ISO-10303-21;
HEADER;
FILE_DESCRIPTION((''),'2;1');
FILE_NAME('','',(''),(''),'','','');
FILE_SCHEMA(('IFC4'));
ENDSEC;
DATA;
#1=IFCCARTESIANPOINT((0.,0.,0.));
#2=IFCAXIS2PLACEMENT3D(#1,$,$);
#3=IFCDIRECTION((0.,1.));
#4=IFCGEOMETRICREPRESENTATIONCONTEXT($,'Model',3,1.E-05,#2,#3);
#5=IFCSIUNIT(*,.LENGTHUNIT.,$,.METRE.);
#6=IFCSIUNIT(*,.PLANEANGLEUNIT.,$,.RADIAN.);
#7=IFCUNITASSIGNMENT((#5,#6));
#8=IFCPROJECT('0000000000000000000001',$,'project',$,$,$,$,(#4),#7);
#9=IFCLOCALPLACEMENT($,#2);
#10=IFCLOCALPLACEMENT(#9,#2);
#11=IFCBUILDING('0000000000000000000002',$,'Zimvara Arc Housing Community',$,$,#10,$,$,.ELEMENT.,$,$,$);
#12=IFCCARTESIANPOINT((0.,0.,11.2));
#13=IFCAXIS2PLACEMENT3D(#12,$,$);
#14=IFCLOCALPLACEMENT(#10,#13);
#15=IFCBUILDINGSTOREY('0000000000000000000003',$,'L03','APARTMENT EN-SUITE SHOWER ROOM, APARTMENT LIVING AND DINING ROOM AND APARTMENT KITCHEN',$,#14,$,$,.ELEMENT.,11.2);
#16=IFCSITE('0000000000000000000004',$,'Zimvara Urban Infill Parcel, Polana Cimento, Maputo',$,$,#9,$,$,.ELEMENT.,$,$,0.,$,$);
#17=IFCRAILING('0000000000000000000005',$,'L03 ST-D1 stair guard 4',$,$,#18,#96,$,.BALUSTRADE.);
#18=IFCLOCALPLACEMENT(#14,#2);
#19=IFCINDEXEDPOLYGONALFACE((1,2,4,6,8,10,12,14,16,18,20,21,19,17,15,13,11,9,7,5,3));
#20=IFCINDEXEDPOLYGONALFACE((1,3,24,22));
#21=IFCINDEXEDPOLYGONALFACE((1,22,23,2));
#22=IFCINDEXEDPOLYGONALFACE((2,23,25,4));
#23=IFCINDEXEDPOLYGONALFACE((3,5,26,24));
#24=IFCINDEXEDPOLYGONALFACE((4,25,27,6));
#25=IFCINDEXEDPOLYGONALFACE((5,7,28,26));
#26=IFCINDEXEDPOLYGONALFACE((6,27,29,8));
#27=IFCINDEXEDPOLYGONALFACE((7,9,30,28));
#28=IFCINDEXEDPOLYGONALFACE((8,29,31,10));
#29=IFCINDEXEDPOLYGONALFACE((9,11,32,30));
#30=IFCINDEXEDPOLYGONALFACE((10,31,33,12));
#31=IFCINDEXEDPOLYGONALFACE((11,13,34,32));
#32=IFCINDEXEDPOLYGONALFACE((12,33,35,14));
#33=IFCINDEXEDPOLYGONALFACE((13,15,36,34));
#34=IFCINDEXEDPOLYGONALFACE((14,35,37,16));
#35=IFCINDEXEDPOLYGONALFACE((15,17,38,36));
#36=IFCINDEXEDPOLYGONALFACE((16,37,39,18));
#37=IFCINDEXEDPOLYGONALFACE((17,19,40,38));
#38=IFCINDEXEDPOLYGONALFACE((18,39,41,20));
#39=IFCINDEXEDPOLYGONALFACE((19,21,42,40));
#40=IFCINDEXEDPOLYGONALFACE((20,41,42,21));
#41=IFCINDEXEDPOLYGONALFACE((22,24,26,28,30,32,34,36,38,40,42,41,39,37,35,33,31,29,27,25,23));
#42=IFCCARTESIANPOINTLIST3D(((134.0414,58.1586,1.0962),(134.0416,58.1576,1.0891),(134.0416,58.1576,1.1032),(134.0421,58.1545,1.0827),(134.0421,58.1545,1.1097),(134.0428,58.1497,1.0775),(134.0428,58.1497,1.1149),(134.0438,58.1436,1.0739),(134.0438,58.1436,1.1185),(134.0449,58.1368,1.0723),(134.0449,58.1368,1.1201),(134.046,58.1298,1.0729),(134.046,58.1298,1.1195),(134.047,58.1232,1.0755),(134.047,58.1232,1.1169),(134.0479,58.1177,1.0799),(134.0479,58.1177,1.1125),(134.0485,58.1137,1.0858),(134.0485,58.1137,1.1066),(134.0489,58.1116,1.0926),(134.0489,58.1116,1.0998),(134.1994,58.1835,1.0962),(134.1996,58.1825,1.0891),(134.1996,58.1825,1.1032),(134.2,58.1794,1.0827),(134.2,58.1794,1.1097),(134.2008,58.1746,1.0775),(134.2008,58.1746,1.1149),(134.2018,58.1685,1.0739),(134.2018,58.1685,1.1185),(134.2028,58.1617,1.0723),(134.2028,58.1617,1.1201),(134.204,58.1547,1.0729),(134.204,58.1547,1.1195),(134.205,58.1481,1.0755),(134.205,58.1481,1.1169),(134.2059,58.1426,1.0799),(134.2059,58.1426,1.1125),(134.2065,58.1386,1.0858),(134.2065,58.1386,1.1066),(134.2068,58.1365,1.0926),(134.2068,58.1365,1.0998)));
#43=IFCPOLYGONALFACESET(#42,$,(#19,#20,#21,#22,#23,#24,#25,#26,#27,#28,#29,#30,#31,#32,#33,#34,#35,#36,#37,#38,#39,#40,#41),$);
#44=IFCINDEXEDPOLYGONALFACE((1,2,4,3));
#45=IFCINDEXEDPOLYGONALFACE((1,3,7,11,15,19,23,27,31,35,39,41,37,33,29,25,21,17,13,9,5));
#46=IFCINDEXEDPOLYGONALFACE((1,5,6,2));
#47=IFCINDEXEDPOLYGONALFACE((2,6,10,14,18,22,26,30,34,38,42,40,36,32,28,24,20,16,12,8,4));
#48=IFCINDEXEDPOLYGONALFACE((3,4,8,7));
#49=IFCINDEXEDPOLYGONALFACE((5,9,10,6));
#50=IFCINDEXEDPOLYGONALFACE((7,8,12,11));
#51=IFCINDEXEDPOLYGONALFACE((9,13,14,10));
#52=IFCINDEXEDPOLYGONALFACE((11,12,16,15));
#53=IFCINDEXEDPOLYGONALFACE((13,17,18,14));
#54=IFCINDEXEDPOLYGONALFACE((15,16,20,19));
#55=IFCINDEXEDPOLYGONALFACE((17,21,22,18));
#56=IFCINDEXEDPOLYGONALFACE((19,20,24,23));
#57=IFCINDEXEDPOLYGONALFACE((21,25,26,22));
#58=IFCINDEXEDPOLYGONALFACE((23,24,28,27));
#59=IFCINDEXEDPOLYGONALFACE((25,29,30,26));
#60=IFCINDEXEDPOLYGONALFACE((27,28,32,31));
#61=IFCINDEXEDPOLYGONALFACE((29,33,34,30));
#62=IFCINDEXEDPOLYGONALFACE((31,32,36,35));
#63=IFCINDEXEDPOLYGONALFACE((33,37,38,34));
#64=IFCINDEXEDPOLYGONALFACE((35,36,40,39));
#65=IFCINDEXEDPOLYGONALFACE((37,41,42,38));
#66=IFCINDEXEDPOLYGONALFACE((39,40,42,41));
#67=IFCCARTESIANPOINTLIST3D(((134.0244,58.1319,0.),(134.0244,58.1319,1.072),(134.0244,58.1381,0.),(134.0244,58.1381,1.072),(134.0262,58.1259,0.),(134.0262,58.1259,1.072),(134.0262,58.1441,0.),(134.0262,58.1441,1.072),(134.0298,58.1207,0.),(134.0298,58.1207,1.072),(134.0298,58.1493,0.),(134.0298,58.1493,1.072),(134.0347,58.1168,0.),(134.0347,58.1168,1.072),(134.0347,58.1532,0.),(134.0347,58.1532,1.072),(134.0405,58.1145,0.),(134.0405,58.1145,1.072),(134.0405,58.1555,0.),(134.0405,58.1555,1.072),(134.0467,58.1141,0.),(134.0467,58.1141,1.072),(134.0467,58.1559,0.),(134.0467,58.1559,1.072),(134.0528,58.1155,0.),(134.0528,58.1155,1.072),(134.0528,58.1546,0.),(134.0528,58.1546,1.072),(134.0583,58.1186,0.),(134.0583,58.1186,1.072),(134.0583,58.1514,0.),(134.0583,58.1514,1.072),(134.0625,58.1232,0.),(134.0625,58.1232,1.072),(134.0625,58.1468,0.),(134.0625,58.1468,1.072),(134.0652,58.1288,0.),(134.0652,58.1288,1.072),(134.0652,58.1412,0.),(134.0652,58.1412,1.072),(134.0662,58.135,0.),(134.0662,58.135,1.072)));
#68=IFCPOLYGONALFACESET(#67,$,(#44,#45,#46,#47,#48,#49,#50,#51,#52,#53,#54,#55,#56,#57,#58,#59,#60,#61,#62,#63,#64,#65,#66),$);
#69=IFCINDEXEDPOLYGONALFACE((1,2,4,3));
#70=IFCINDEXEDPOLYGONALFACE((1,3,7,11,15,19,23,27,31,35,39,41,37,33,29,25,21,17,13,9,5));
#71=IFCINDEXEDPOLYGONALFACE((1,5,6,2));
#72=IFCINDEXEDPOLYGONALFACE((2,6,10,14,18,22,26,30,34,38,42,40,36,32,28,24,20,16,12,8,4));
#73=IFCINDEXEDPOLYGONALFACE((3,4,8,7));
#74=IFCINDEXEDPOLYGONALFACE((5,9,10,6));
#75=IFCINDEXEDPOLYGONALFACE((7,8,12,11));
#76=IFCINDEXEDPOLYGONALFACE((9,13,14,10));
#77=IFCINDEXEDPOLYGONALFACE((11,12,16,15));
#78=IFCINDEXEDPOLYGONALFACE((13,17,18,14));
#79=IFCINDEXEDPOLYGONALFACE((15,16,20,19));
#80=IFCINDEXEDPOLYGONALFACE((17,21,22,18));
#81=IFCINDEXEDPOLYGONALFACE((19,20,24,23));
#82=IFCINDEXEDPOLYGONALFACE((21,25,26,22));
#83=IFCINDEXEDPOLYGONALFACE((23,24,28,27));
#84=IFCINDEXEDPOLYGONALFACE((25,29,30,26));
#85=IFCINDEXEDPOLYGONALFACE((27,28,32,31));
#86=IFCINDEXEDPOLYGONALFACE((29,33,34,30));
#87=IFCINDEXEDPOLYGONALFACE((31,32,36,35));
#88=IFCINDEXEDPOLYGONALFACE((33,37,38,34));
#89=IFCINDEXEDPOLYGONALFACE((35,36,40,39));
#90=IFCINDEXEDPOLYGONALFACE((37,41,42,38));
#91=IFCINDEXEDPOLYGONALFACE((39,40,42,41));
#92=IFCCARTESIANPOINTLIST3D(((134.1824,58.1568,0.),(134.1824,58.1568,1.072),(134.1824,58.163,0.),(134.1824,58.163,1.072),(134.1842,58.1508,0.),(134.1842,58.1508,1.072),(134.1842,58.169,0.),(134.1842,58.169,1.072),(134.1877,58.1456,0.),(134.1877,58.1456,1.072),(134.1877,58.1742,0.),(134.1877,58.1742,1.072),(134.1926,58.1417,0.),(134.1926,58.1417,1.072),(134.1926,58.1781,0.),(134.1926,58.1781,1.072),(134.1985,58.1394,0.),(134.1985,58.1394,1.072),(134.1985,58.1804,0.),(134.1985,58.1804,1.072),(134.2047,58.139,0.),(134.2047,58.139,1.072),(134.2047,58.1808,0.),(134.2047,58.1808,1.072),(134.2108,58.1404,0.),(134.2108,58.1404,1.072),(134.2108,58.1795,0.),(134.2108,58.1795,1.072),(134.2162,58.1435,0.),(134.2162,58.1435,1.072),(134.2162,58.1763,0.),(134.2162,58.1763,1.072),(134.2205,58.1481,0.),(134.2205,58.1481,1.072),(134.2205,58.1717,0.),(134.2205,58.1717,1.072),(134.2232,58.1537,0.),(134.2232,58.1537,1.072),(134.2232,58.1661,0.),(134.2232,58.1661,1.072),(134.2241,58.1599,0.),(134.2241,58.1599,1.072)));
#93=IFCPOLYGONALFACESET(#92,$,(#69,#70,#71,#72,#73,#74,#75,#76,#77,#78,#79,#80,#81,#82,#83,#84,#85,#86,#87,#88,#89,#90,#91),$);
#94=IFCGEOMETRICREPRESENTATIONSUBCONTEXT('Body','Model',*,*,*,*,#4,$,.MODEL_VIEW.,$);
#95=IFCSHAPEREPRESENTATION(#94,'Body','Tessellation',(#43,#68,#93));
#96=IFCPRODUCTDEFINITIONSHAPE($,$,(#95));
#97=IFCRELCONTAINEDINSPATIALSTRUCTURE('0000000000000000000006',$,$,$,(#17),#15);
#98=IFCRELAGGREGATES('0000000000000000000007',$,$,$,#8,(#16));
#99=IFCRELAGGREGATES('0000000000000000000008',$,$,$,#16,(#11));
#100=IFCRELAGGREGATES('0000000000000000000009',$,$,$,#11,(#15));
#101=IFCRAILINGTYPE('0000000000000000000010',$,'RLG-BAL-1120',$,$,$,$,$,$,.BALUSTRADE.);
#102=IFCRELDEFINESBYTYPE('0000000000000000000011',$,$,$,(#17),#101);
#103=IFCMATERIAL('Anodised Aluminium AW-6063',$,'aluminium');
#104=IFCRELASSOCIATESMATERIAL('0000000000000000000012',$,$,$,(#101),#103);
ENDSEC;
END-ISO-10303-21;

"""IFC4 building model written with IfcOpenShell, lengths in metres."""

from ifc_helpers import new_model, si_unit, direction, frame, origin, origin_2d, place, context, subcontext, project, spatial, circle, extrude, material, type_object, element, save


model = new_model("IFC4")

# Units and contexts
model_context = context("Model", 3, precision=1e-05, world=origin(), true_north=direction((0.0, 1.0)))
body_context = subcontext(model_context, "Body", "Model", "MODEL_VIEW")
ifc_project = project(units=[si_unit("LENGTHUNIT", "METRE"), si_unit("PLANEANGLEUNIT", "RADIAN")], contexts=[model_context])

# Site, building, storey
site_placement = place(None, origin())
site = spatial("IfcSite", under=ifc_project, at=site_placement, Name="Zimvara Urban Infill Parcel, Polana Cimento, Maputo", CompositionType="ELEMENT", RefElevation=0.0)
building_placement = place(site_placement, origin())
building = spatial("IfcBuilding", under=site, at=building_placement, Name="Zimvara Arc Housing Community", CompositionType="ELEMENT")
storey_placement = place(building_placement, frame((0.0, 0.0, 11.2)))
storey = spatial("IfcBuildingStorey", under=building, at=storey_placement, Name="L03", Description="APARTMENT EN-SUITE SHOWER ROOM, APARTMENT LIVING AND DINING ROOM AND APARTMENT KITCHEN", CompositionType="ELEMENT", Elevation=11.2)

# Railing
ifc_material_1 = material(Name="Anodised Aluminium AW-6063", Category="aluminium")
railing_type_1 = type_object("IfcRailingType", Name="RLG-BAL-1120", PredefinedType="BALUSTRADE", material=ifc_material_1)
railing_1_placement = place(storey_placement, frame((134.0452, 58.135, 0.0)))
element("IfcRailing", 1, at=railing_1_placement, inside=storey, type_object=railing_type_1, Name="L03 ST-D1 stair guard 4", PredefinedType="BALUSTRADE", context=body_context, shape_type="SweptSolid", body=[
    extrude(circle(Radius=0.0239, at=origin_2d()), frame((0.0, 0.0, 1.0962), z_axis=(0.9878, 0.155727, 0.0), x_axis=(-0.155727, 0.9878, 0.0)), (0.0, 0.0, 1.0), 0.1599),
    extrude(circle(Radius=0.021, at=origin_2d()), origin(), (0.0, 0.0, 1.0), 1.072),
    extrude(circle(Radius=0.021, at=origin_2d()), frame((0.158, 0.0249, 0.0)), (0.0, 0.0, 1.0), 1.072),
])

save(model, "model.ifc")
